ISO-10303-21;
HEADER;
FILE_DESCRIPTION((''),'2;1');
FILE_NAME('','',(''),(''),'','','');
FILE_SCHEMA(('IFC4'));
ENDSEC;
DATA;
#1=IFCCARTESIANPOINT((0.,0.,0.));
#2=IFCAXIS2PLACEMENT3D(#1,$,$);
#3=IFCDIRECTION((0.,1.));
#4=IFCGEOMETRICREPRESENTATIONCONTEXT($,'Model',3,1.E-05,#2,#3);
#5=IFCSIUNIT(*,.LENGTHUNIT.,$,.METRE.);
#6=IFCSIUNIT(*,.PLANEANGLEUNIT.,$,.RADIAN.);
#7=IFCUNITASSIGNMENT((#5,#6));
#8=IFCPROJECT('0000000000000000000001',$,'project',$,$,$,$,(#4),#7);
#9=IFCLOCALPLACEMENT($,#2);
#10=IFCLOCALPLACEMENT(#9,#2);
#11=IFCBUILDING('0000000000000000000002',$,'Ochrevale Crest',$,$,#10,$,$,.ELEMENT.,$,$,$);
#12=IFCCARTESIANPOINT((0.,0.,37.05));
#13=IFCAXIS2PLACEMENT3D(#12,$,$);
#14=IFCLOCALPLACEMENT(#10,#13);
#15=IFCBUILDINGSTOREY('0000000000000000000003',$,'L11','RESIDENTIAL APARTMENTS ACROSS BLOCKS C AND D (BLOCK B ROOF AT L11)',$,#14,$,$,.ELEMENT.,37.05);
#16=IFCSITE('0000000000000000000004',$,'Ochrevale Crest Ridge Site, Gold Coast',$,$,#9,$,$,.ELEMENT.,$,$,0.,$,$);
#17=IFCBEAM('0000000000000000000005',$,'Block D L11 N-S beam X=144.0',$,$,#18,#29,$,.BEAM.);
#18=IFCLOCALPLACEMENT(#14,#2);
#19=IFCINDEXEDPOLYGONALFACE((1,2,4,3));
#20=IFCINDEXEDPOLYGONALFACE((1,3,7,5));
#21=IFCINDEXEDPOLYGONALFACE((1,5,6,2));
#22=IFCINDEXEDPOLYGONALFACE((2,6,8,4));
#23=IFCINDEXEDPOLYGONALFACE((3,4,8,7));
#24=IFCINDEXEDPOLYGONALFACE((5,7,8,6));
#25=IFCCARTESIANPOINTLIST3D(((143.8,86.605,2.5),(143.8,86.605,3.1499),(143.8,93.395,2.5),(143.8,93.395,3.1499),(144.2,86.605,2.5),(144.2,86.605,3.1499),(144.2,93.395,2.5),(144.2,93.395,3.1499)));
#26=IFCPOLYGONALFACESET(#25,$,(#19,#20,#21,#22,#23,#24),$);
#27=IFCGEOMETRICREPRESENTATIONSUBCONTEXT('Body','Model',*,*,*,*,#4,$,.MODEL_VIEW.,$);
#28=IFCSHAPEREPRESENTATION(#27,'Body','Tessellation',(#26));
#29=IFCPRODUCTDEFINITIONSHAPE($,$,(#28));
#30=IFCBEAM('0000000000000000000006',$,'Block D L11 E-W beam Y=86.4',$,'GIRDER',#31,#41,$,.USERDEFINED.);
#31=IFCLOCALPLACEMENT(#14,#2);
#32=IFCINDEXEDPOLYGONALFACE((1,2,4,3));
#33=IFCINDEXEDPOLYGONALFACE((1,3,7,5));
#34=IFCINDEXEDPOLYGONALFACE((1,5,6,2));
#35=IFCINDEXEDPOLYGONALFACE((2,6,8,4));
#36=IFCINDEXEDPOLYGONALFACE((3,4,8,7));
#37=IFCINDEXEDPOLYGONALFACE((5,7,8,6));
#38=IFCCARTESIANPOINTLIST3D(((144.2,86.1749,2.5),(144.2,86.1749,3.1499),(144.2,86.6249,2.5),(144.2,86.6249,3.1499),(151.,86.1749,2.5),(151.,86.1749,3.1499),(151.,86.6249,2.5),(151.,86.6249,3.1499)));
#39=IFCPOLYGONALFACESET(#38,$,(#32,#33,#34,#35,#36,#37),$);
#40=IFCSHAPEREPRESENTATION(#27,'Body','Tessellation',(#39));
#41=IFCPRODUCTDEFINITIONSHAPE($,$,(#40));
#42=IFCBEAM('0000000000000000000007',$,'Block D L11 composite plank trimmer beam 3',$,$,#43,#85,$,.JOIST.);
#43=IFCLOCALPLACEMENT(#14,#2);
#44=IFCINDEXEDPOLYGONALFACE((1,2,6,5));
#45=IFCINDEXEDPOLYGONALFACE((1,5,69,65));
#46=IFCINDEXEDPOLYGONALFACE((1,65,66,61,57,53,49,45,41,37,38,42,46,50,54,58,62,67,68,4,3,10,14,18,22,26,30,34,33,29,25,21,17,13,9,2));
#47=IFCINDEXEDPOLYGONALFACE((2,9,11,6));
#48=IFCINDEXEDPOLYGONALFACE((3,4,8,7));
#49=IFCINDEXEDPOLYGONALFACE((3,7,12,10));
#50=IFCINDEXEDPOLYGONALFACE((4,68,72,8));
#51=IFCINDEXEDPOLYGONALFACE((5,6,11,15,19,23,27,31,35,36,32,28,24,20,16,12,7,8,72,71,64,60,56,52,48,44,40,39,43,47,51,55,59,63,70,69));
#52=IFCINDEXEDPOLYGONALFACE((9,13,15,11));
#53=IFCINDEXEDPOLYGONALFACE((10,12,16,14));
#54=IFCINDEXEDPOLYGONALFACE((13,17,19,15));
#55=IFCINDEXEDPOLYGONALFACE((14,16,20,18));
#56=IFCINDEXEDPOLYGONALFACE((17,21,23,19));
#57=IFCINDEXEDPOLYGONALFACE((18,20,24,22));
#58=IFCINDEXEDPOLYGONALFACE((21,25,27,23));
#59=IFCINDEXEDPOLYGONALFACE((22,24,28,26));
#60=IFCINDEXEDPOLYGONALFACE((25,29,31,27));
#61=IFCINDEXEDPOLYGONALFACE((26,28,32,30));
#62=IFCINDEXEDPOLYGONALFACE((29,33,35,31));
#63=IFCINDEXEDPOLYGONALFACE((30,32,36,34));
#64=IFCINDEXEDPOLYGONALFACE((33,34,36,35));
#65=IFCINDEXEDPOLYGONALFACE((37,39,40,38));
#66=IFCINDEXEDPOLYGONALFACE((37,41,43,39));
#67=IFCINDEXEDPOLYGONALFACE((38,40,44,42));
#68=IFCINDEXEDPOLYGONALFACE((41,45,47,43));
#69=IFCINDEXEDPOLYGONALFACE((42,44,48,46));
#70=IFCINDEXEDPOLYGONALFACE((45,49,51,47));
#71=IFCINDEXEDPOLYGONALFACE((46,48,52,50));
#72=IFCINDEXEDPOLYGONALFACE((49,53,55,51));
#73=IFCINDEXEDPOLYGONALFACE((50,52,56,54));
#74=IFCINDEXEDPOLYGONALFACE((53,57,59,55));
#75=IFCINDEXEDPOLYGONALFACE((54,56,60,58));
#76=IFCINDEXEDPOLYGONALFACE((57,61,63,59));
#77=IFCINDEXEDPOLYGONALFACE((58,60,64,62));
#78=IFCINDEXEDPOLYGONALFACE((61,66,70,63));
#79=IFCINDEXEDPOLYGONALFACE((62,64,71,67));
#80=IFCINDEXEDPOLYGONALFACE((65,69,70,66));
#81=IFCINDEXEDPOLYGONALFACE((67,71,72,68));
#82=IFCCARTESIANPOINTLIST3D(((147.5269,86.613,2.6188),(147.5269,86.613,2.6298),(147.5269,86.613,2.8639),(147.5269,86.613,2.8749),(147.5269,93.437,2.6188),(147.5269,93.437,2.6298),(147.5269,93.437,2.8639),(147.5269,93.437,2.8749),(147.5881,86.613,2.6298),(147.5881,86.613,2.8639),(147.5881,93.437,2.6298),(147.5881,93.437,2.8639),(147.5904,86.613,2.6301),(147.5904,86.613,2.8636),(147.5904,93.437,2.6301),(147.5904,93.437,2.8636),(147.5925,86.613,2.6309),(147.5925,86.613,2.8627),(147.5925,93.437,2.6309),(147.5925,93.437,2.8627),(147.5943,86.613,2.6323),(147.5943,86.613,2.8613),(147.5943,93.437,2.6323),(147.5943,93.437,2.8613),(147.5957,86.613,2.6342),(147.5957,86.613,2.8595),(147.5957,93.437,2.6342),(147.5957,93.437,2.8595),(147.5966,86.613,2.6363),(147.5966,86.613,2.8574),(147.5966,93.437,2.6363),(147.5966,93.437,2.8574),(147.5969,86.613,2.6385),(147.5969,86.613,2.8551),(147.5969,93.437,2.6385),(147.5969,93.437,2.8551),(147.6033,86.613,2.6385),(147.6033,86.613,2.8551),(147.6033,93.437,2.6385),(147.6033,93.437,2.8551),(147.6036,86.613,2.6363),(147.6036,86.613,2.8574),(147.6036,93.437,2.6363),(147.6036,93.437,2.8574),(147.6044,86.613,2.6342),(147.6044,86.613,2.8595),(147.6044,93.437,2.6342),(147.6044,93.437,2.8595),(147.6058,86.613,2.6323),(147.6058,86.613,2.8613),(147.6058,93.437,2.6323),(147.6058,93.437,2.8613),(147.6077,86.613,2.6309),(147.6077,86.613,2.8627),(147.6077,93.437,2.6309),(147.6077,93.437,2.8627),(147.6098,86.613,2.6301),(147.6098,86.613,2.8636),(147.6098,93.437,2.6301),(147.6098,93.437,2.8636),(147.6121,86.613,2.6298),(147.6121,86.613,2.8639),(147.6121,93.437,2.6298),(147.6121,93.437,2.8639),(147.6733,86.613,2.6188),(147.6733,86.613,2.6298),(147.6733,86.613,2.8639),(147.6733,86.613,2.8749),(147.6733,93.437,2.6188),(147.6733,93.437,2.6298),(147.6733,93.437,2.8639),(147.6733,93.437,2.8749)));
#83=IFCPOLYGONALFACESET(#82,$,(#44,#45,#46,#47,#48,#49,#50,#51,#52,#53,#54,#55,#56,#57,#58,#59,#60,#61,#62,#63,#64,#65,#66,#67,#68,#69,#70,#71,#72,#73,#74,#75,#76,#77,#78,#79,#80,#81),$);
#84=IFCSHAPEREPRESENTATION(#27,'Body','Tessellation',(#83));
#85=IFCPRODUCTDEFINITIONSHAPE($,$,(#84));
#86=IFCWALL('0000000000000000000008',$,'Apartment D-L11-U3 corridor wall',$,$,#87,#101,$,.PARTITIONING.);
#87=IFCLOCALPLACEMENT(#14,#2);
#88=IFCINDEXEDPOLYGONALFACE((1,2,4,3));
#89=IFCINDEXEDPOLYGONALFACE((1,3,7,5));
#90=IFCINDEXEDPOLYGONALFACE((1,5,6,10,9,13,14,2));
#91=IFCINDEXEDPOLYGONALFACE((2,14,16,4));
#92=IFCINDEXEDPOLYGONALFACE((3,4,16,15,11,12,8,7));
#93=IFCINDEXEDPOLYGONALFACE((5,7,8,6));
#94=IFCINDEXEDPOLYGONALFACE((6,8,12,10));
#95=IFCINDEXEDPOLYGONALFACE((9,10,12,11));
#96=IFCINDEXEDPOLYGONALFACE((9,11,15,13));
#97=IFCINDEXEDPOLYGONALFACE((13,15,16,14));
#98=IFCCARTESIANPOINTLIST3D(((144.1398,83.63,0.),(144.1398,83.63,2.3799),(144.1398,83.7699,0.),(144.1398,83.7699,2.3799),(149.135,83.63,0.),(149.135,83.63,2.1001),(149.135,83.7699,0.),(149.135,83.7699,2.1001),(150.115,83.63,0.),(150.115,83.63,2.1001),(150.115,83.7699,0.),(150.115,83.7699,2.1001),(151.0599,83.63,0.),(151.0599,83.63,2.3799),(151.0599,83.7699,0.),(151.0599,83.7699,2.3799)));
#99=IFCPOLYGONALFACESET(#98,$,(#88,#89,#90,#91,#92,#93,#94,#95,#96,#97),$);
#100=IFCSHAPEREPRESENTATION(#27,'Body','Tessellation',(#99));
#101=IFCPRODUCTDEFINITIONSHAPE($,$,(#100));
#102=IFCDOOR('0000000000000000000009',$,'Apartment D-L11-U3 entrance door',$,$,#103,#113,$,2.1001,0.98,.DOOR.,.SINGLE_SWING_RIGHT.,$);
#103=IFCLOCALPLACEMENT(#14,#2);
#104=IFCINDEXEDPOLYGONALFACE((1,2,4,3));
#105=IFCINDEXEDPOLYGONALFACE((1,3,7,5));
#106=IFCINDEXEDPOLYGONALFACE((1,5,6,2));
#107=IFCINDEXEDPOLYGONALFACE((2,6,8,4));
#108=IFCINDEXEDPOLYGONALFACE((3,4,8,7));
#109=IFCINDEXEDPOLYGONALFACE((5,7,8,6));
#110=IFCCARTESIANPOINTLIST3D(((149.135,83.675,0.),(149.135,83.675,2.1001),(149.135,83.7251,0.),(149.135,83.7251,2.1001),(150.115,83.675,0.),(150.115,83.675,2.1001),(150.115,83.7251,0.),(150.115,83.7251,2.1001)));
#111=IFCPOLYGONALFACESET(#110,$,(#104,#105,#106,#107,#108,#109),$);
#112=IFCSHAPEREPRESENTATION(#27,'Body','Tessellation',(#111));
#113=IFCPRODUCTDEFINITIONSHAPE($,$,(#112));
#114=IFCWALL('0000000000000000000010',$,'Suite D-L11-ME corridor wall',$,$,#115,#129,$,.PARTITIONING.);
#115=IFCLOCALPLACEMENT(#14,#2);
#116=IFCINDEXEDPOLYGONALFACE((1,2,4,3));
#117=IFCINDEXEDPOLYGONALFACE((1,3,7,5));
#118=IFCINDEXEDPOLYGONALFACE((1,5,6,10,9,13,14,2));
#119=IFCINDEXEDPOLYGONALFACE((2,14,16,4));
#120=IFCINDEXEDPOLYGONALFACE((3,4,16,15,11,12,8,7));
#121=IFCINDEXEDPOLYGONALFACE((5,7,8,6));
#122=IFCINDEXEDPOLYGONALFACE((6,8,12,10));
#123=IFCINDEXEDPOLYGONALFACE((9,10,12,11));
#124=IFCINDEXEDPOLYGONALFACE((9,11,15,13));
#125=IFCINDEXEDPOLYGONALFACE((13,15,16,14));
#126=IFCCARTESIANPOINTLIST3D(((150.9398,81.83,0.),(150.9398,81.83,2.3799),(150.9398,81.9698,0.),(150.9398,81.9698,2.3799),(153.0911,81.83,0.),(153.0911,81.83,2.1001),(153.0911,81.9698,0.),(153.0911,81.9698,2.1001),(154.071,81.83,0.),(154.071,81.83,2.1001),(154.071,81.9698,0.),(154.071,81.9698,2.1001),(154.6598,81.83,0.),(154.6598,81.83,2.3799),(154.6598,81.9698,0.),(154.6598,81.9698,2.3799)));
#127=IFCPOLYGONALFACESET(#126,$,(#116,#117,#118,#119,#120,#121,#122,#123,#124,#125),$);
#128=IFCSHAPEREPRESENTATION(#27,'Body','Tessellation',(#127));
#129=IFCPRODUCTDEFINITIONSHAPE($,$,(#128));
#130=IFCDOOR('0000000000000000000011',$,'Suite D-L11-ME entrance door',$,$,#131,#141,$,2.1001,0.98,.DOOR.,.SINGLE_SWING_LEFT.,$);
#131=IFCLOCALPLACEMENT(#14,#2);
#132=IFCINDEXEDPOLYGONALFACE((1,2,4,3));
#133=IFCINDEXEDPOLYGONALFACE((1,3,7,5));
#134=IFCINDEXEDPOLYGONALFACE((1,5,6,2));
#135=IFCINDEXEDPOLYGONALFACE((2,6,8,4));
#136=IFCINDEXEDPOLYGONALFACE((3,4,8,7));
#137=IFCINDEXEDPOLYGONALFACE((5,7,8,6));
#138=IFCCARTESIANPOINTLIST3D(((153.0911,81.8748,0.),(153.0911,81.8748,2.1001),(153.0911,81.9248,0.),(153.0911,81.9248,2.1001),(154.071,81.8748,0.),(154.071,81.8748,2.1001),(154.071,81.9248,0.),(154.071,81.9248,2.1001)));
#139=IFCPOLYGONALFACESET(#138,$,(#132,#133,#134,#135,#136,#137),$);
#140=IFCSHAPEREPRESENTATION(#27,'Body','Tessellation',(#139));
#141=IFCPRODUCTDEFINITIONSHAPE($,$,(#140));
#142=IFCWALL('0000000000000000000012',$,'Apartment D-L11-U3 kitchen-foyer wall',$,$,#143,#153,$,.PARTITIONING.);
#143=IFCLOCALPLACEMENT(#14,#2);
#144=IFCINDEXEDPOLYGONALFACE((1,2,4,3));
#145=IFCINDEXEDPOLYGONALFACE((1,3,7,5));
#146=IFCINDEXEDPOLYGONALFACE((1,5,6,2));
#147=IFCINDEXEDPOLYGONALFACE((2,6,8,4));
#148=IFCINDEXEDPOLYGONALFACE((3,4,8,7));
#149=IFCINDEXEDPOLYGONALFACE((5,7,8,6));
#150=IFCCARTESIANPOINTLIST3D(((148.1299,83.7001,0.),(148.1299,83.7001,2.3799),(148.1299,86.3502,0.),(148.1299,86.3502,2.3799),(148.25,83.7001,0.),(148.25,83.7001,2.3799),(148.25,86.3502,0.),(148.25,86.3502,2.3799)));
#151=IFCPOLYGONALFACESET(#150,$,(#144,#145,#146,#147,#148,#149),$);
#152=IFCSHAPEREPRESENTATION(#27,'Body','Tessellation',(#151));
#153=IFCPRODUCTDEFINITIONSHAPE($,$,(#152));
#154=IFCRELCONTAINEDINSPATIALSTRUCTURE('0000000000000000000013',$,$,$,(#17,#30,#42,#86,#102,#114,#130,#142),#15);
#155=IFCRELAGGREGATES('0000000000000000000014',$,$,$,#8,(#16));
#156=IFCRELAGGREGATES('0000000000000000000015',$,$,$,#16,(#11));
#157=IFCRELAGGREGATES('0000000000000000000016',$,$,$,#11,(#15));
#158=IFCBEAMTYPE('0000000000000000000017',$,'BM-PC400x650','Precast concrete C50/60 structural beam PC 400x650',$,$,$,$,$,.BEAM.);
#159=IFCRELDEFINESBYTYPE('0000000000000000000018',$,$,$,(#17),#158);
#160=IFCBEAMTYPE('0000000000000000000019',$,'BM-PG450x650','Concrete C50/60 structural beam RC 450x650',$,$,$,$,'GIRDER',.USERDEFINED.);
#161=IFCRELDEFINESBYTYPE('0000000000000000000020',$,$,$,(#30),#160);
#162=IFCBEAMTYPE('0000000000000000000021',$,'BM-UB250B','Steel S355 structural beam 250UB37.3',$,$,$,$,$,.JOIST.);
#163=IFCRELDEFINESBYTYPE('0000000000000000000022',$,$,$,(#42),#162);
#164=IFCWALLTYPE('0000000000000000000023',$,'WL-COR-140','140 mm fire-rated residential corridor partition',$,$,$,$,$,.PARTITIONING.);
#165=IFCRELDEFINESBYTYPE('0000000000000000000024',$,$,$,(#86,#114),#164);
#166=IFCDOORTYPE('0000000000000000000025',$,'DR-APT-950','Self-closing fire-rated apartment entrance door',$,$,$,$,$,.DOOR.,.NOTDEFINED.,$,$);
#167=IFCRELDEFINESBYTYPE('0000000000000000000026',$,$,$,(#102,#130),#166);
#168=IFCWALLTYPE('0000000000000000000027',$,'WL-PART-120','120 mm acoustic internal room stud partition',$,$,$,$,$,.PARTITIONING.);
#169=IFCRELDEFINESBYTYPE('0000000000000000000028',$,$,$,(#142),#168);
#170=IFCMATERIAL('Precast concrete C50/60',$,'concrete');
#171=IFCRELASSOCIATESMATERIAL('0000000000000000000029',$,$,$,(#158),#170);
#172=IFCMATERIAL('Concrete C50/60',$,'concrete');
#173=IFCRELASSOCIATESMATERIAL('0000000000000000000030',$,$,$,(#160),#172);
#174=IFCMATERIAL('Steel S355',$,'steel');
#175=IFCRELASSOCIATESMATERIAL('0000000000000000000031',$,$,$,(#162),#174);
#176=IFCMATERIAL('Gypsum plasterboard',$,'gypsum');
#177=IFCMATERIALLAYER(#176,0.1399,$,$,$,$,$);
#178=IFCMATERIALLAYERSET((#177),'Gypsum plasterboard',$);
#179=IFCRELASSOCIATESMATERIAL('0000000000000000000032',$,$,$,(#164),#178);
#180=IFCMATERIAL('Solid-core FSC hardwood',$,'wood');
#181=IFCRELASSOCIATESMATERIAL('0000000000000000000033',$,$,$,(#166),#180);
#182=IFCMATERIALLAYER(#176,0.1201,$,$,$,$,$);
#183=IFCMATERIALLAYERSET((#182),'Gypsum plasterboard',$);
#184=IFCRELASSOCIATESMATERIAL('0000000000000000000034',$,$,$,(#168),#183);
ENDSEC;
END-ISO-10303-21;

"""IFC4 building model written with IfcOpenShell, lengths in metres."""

from ifc_helpers import new_model, si_unit, direction, frame, frame_2d, origin, origin_2d, place, context, subcontext, project, spatial, rectangle, i_section, extrude, material, layer, layer_set, material_profile, profile_set, type_object, element, fill, save


model = new_model("IFC4")

# Units and contexts
model_context = context("Model", 3, precision=1e-05, world=origin(), true_north=direction((0.0, 1.0)))
body_context = subcontext(model_context, "Body", "Model", "MODEL_VIEW")
ifc_project = project(units=[si_unit("LENGTHUNIT", "METRE"), si_unit("PLANEANGLEUNIT", "RADIAN")], contexts=[model_context])

# Site, building, storey
site_placement = place(None, origin())
site = spatial("IfcSite", under=ifc_project, at=site_placement, Name="Ochrevale Crest Ridge Site, Gold Coast", CompositionType="ELEMENT", RefElevation=0.0)
building_placement = place(site_placement, origin())
building = spatial("IfcBuilding", under=site, at=building_placement, Name="Ochrevale Crest", CompositionType="ELEMENT")
storey_placement = place(building_placement, frame((0.0, 0.0, 37.05)))
storey = spatial("IfcBuildingStorey", under=building, at=storey_placement, Name="L11", Description="RESIDENTIAL APARTMENTS ACROSS BLOCKS C AND D (BLOCK B ROOF AT L11)", CompositionType="ELEMENT", Elevation=37.05)

# Beams
ifc_material_1 = material(Name="Precast concrete C50/60", Category="concrete")
ifc_material_profile_1 = material_profile(ifc_material_1, rectangle(XDim=0.3999, YDim=0.6499, at=origin_2d()), Name="PC 400x650")
ifc_profile_set_1 = profile_set([ifc_material_profile_1], Name="Precast concrete C50/60")
beam_type_1 = type_object("IfcBeamType", Name="BM-PC400x650", Description="Precast concrete C50/60 structural beam PC 400x650", PredefinedType="BEAM", material=ifc_profile_set_1)
beam_1_placement = place(storey_placement, frame((144.0, 86.605, 2.825), z_axis=(0.0, 1.0, 0.0), x_axis=(-1.0, 0.0, 0.0)))
element("IfcBeam", 1, at=beam_1_placement, inside=storey, type_object=beam_type_1, Name="Block D L11 N-S beam X=144.0", PredefinedType="BEAM", context=body_context, shape_type="SweptSolid", body=[
    extrude(rectangle(XDim=0.3999, YDim=0.6499, at=origin_2d()), origin(), (0.0, 0.0, 1.0), 6.79),
])
ifc_material_2 = material(Name="Concrete C50/60", Category="concrete")
ifc_material_profile_2 = material_profile(ifc_material_2, rectangle(XDim=0.45, YDim=0.6499, at=origin_2d()), Name="RC 450x650")
ifc_profile_set_2 = profile_set([ifc_material_profile_2], Name="Concrete C50/60")
beam_type_2 = type_object("IfcBeamType", Name="BM-PG450x650", Description="Concrete C50/60 structural beam RC 450x650", ElementType="GIRDER", PredefinedType="USERDEFINED", material=ifc_profile_set_2)
beam_2_placement = place(storey_placement, frame((144.2, 86.3999, 2.825), z_axis=(1.0, 0.0, 0.0), x_axis=(0.0, 1.0, 0.0)))
element("IfcBeam", 2, at=beam_2_placement, inside=storey, type_object=beam_type_2, Name="Block D L11 E-W beam Y=86.4", ObjectType="GIRDER", PredefinedType="USERDEFINED", context=body_context, shape_type="SweptSolid", body=[
    extrude(rectangle(XDim=0.45, YDim=0.6499, at=origin_2d()), origin(), (0.0, 0.0, 1.0), 6.8),
])
ifc_material_3 = material(Name="Steel S355", Category="steel")
ifc_material_profile_3 = material_profile(ifc_material_3, i_section(OverallWidth=0.1465, OverallDepth=0.2561, WebThickness=0.0063, FlangeThickness=0.011, FilletRadius=0.0088, at=origin_2d()), Name="250UB37.3")
ifc_profile_set_3 = profile_set([ifc_material_profile_3], Name="Steel S355")
beam_type_3 = type_object("IfcBeamType", Name="BM-UB250B", Description="Steel S355 structural beam 250UB37.3", PredefinedType="JOIST", material=ifc_profile_set_3)
beam_3_placement = place(storey_placement, frame((147.6001, 86.613, 2.7468), z_axis=(0.0, 1.0, 0.0), x_axis=(-1.0, 0.0, 0.0)))
element("IfcBeam", 3, at=beam_3_placement, inside=storey, type_object=beam_type_3, Name="Block D L11 composite plank trimmer beam 3", PredefinedType="JOIST", context=body_context, shape_type="SweptSolid", body=[
    extrude(i_section(OverallWidth=0.1465, OverallDepth=0.2561, WebThickness=0.0063, FlangeThickness=0.011, FilletRadius=0.0088, at=origin_2d()), origin(), (0.0, 0.0, 1.0), 6.824),
])

# Walls, openings, doors
ifc_material_4 = material(Name="Gypsum plasterboard", Category="gypsum")
ifc_layer_1 = layer(ifc_material_4, 0.1399)
ifc_layer_set_1 = layer_set([ifc_layer_1], Name="Gypsum plasterboard")
wall_type_1 = type_object("IfcWallType", Name="WL-COR-140", Description="140 mm fire-rated residential corridor partition", PredefinedType="PARTITIONING", material=ifc_layer_set_1)
wall_1_placement = place(storey_placement, frame((144.1399, 83.7, 0.0), z_axis=(0.0, 0.0, 1.0), x_axis=(1.0, 0.0, 0.0)))
wall_1 = element("IfcWall", 4, at=wall_1_placement, inside=storey, type_object=wall_type_1, Name="Apartment D-L11-U3 corridor wall", PredefinedType="PARTITIONING", context=body_context, shape_type="SweptSolid", body=[
    extrude(rectangle(XDim=6.9202, YDim=0.1399, at=frame_2d((3.46, 0.0))), origin(), (0.0, 0.0, 1.0), 2.3799),
])
opening_1_placement = place(wall_1_placement, frame((5.9751, 0.0, 0.0), z_axis=(0.0, 0.0, 1.0), x_axis=(-1.0, 0.0, 0.0)))
opening_1 = element("IfcOpeningElement", 5, at=opening_1_placement, cuts=wall_1, PredefinedType="OPENING", context=body_context, shape_type="SweptSolid", body=[
    extrude(rectangle(XDim=0.98, YDim=2.1001, at=frame_2d((0.49, 1.05))), frame((0.0, 0.0801, 0.0), z_axis=(0.0, -1.0, 0.0), x_axis=(1.0, 0.0, 0.0)), (0.0, 0.0, 1.0), 0.1599),
])
ifc_material_5 = material(Name="Solid-core FSC hardwood", Category="wood")
door_type_1 = type_object("IfcDoorType", Name="DR-APT-950", Description="Self-closing fire-rated apartment entrance door", OperationType="NOTDEFINED", PredefinedType="DOOR", material=ifc_material_5)
door_1_placement = place(opening_1_placement, origin())
door_1 = element("IfcDoor", 6, at=door_1_placement, inside=storey, type_object=door_type_1, Name="Apartment D-L11-U3 entrance door", OperationType="SINGLE_SWING_RIGHT", OverallHeight=2.1001, OverallWidth=0.98, PredefinedType="DOOR", context=body_context, shape_type="SweptSolid", body=[
    extrude(rectangle(XDim=0.98, YDim=2.1001, at=frame_2d((0.49, 1.05))), frame((0.0, 0.0249, 0.0), z_axis=(0.0, -1.0, 0.0), x_axis=(1.0, 0.0, 0.0)), (0.0, 0.0, 1.0), 0.05),
])
fill(opening_1, door_1)
wall_2_placement = place(storey_placement, frame((150.9399, 81.8999, 0.0), z_axis=(0.0, 0.0, 1.0), x_axis=(1.0, 0.0, 0.0)))
wall_2 = element("IfcWall", 7, at=wall_2_placement, inside=storey, type_object=wall_type_1, Name="Suite D-L11-ME corridor wall", PredefinedType="PARTITIONING", context=body_context, shape_type="SweptSolid", body=[
    extrude(rectangle(XDim=3.72, YDim=0.1399, at=frame_2d((1.8599, 0.0))), origin(), (0.0, 0.0, 1.0), 2.3799),
])
opening_2_placement = place(wall_2_placement, frame((2.1511, 0.0, 0.0)))
opening_2 = element("IfcOpeningElement", 8, at=opening_2_placement, cuts=wall_2, PredefinedType="OPENING", context=body_context, shape_type="SweptSolid", body=[
    extrude(rectangle(XDim=0.98, YDim=2.1001, at=frame_2d((0.49, 1.05))), frame((0.0, 0.0801, 0.0), z_axis=(0.0, -1.0, 0.0), x_axis=(1.0, 0.0, 0.0)), (0.0, 0.0, 1.0), 0.1599),
])
door_2_placement = place(opening_2_placement, origin())
door_2 = element("IfcDoor", 9, at=door_2_placement, inside=storey, type_object=door_type_1, Name="Suite D-L11-ME entrance door", OperationType="SINGLE_SWING_LEFT", OverallHeight=2.1001, OverallWidth=0.98, PredefinedType="DOOR", context=body_context, shape_type="SweptSolid", body=[
    extrude(rectangle(XDim=0.98, YDim=2.1001, at=frame_2d((0.49, 1.05))), frame((0.0, 0.0249, 0.0), z_axis=(0.0, -1.0, 0.0), x_axis=(1.0, 0.0, 0.0)), (0.0, 0.0, 1.0), 0.05),
])
fill(opening_2, door_2)

# Wall
ifc_layer_2 = layer(ifc_material_4, 0.1201)
ifc_layer_set_2 = layer_set([ifc_layer_2], Name="Gypsum plasterboard")
wall_type_2 = type_object("IfcWallType", Name="WL-PART-120", Description="120 mm acoustic internal room stud partition", PredefinedType="PARTITIONING", material=ifc_layer_set_2)
wall_3_placement = place(storey_placement, frame((148.1899, 83.7, 0.0), z_axis=(0.0, 0.0, 1.0), x_axis=(0.0, 1.0, 0.0)))
element("IfcWall", 10, at=wall_3_placement, inside=storey, type_object=wall_type_2, Name="Apartment D-L11-U3 kitchen-foyer wall", PredefinedType="PARTITIONING", context=body_context, shape_type="SweptSolid", body=[
    extrude(rectangle(XDim=2.6501, YDim=0.1201, at=frame_2d((1.3252, 0.0))), origin(), (0.0, 0.0, 1.0), 2.3799),
])

save(model, "model.ifc")
